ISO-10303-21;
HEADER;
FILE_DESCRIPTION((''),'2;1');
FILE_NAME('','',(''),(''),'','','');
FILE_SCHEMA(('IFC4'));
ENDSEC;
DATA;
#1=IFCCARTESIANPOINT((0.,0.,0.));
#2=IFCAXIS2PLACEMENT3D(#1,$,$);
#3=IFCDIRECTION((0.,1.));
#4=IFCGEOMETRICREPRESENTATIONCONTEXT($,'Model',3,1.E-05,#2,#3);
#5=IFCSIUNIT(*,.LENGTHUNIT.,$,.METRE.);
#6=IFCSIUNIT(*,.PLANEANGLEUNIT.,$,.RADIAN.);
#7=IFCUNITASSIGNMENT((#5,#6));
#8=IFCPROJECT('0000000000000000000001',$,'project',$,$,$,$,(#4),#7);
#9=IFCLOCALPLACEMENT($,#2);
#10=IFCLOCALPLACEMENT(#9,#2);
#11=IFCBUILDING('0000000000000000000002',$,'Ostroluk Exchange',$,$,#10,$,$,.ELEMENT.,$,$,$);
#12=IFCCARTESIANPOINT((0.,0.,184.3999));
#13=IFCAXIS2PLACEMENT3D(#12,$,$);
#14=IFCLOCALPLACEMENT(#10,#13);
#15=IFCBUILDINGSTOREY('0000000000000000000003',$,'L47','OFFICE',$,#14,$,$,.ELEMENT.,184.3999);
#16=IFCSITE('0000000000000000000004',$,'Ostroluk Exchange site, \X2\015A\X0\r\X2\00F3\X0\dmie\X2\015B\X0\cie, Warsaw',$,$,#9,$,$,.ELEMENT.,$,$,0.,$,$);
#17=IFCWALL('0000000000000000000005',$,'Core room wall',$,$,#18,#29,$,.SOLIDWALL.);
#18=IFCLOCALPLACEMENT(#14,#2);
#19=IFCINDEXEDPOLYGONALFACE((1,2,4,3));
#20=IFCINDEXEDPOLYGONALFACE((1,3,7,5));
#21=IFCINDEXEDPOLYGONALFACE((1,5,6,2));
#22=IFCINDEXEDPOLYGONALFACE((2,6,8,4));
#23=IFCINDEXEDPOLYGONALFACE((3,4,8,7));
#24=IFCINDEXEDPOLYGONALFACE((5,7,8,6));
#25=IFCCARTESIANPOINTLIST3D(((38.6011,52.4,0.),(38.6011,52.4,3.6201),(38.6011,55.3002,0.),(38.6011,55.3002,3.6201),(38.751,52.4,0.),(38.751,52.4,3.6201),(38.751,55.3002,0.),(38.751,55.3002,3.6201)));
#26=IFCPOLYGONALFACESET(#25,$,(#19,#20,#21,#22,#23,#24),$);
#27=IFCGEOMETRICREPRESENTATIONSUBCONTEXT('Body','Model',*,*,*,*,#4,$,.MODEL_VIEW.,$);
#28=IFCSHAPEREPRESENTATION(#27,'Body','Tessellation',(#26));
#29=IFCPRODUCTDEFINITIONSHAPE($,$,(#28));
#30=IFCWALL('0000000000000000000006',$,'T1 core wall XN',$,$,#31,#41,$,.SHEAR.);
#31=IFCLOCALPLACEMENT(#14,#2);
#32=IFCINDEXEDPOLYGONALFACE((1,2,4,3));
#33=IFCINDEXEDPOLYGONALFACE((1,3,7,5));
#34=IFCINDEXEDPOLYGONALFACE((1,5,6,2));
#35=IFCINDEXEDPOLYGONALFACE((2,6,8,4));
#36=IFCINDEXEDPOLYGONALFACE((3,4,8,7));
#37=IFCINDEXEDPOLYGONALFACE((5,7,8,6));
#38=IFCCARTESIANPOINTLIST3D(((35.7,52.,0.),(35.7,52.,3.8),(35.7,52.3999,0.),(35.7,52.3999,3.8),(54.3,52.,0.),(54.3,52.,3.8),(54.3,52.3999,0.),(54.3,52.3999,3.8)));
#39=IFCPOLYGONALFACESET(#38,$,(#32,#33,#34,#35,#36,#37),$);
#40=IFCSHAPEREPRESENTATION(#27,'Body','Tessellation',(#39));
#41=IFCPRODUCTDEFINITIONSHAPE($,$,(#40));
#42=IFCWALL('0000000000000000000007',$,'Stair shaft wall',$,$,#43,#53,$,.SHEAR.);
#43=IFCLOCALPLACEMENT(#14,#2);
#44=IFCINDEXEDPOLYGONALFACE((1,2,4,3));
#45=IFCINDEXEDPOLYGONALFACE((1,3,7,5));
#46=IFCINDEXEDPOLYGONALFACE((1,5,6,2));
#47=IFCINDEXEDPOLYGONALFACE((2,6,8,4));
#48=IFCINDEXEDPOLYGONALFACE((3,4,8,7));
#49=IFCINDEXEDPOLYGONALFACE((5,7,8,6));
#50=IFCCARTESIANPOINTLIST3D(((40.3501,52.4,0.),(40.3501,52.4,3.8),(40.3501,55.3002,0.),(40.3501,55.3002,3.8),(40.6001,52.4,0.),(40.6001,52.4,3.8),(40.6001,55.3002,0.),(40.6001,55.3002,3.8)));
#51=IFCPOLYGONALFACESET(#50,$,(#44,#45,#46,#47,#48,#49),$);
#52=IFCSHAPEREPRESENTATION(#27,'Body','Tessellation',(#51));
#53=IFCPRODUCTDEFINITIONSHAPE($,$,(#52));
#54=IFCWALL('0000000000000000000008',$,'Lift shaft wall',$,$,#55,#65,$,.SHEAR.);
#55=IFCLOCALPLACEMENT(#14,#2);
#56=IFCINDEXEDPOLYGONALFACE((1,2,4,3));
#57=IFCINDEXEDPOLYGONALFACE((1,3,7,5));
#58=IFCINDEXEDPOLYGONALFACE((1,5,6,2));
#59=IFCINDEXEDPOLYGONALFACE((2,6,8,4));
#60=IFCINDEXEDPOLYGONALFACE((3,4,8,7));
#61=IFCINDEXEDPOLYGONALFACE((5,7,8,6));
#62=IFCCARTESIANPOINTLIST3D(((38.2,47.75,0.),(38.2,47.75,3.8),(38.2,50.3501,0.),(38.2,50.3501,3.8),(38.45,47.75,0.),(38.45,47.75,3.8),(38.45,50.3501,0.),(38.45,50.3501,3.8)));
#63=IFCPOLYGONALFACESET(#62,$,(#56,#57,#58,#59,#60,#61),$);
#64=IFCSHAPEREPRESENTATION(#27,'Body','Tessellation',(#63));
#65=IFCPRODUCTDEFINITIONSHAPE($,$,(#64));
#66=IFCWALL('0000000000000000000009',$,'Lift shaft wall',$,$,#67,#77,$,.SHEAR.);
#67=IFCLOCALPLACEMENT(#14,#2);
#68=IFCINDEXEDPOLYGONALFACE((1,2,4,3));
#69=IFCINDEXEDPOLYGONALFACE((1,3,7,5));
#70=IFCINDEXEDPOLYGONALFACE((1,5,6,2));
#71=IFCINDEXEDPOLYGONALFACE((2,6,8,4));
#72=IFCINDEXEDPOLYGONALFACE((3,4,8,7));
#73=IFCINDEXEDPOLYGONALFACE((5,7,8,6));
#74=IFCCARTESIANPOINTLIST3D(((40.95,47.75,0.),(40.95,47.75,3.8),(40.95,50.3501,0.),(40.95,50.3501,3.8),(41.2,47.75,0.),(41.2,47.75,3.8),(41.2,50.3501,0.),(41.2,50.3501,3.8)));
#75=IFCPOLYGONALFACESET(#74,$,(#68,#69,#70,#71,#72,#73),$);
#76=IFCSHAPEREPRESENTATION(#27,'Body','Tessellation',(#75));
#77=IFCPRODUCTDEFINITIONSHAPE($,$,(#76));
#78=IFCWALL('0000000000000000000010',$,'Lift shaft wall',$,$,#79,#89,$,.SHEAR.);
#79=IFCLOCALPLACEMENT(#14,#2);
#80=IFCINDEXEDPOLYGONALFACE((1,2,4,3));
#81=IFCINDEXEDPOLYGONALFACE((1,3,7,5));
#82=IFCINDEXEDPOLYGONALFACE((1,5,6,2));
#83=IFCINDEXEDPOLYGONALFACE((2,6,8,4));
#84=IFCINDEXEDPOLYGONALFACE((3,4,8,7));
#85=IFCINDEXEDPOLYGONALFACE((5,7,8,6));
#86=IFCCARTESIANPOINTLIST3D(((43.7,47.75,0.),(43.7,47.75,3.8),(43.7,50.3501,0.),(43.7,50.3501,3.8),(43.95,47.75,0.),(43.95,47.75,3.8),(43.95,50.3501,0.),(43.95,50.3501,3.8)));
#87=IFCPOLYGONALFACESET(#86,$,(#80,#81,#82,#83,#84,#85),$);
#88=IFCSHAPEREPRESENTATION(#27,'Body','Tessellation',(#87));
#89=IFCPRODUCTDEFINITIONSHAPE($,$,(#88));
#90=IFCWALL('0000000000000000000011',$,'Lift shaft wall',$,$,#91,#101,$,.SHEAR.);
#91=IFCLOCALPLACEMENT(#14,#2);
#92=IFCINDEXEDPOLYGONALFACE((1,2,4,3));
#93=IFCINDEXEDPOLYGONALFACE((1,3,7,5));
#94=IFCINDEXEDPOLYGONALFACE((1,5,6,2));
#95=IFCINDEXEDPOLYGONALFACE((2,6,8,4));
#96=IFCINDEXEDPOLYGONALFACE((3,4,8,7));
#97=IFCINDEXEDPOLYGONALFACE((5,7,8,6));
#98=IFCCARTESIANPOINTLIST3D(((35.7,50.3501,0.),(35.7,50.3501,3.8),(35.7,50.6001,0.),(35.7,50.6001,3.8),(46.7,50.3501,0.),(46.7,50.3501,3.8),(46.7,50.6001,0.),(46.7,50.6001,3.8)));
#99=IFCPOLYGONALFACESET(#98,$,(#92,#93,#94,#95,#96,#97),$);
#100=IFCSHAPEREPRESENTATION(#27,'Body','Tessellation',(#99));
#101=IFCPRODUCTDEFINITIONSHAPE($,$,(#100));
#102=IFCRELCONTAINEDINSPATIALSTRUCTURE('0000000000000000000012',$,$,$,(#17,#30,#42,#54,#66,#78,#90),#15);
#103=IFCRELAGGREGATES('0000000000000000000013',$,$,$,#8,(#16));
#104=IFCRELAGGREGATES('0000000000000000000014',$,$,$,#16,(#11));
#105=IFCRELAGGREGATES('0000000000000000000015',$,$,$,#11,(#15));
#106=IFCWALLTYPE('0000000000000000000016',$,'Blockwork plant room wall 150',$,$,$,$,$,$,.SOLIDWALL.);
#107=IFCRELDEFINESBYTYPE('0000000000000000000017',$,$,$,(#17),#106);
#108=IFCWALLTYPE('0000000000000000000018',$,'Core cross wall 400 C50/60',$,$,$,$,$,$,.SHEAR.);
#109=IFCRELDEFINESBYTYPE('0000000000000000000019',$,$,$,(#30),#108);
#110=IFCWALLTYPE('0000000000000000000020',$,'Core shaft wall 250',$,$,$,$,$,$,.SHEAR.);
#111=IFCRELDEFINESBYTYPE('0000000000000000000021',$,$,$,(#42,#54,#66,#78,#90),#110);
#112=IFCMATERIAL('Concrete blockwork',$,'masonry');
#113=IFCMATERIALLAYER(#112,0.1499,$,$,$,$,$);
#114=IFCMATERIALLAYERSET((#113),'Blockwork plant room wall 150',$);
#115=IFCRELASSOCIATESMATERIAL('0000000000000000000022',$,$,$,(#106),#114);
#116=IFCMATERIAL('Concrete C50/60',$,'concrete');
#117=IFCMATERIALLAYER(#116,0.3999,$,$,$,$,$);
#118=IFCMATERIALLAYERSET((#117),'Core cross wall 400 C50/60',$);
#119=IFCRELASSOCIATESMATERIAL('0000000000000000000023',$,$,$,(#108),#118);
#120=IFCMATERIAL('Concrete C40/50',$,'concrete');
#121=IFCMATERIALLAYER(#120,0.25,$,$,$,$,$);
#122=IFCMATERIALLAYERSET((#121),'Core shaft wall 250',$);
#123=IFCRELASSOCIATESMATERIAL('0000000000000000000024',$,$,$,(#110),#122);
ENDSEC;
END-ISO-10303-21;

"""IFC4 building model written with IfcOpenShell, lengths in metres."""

from ifc_helpers import new_model, si_unit, direction, frame, frame_2d, origin, place, context, subcontext, project, spatial, rectangle, extrude, material, layer, layer_set, type_object, element, save


model = new_model("IFC4")

# Units and contexts
model_context = context("Model", 3, precision=1e-05, world=origin(), true_north=direction((0.0, 1.0)))
body_context = subcontext(model_context, "Body", "Model", "MODEL_VIEW")
ifc_project = project(units=[si_unit("LENGTHUNIT", "METRE"), si_unit("PLANEANGLEUNIT", "RADIAN")], contexts=[model_context])

# Site, building, storey
site_placement = place(None, origin())
site = spatial("IfcSite", under=ifc_project, at=site_placement, Name="Ostroluk Exchange site, Śródmieście, Warsaw", CompositionType="ELEMENT", RefElevation=0.0)
building_placement = place(site_placement, origin())
building = spatial("IfcBuilding", under=site, at=building_placement, Name="Ostroluk Exchange", CompositionType="ELEMENT")
storey_placement = place(building_placement, frame((0.0, 0.0, 184.3999)))
storey = spatial("IfcBuildingStorey", under=building, at=storey_placement, Name="L47", Description="OFFICE", CompositionType="ELEMENT", Elevation=184.3999)

# Walls
ifc_material_1 = material(Name="Concrete blockwork", Category="masonry")
ifc_layer_1 = layer(ifc_material_1, 0.1499)
ifc_layer_set_1 = layer_set([ifc_layer_1], Name="Blockwork plant room wall 150")
wall_type_1 = type_object("IfcWallType", Name="Blockwork plant room wall 150", PredefinedType="SOLIDWALL", material=ifc_layer_set_1)
wall_1_placement = place(storey_placement, frame((38.676, 52.3999, 0.0), z_axis=(0.0, 0.0, 1.0), x_axis=(0.0, 1.0, 0.0)))
element("IfcWall", 1, at=wall_1_placement, inside=storey, type_object=wall_type_1, Name="Core room wall", PredefinedType="SOLIDWALL", context=body_context, shape_type="SweptSolid", body=[
    extrude(rectangle(XDim=2.9001, YDim=0.1499, at=frame_2d((1.4502, 0.0))), origin(), (0.0, 0.0, 1.0), 3.6201),
])
ifc_material_2 = material(Name="Concrete C50/60", Category="concrete")
ifc_layer_2 = layer(ifc_material_2, 0.3999)
ifc_layer_set_2 = layer_set([ifc_layer_2], Name="Core cross wall 400 C50/60")
wall_type_2 = type_object("IfcWallType", Name="Core cross wall 400 C50/60", PredefinedType="SHEAR", material=ifc_layer_set_2)
wall_2_placement = place(storey_placement, frame((35.7, 52.2, 0.0), z_axis=(0.0, 0.0, 1.0), x_axis=(1.0, 0.0, 0.0)))
element("IfcWall", 2, at=wall_2_placement, inside=storey, type_object=wall_type_2, Name="T1 core wall XN", PredefinedType="SHEAR", context=body_context, shape_type="SweptSolid", body=[
    extrude(rectangle(XDim=18.6001, YDim=0.3999, at=frame_2d((9.3, 0.0))), origin(), (0.0, 0.0, 1.0), 3.8),
])
ifc_material_3 = material(Name="Concrete C40/50", Category="concrete")
ifc_layer_3 = layer(ifc_material_3, 0.25)
ifc_layer_set_3 = layer_set([ifc_layer_3], Name="Core shaft wall 250")
wall_type_3 = type_object("IfcWallType", Name="Core shaft wall 250", PredefinedType="SHEAR", material=ifc_layer_set_3)
wall_3_placement = place(storey_placement, frame((40.4751, 52.3999, 0.0), z_axis=(0.0, 0.0, 1.0), x_axis=(0.0, 1.0, 0.0)))
element("IfcWall", 3, at=wall_3_placement, inside=storey, type_object=wall_type_3, Name="Stair shaft wall", PredefinedType="SHEAR", context=body_context, shape_type="SweptSolid", body=[
    extrude(rectangle(XDim=2.9001, YDim=0.25, at=frame_2d((1.4502, 0.0))), origin(), (0.0, 0.0, 1.0), 3.8),
])
for number, where, z_axis, x_axis, name in (
    (4, (38.325, 47.75, 0.0), (0.0, 0.0, 1.0), (0.0, 1.0, 0.0), "Lift shaft wall"),
    (5, (41.075, 47.75, 0.0), (0.0, 0.0, 1.0), (0.0, 1.0, 0.0), "Lift shaft wall"),
    (6, (43.825, 47.75, 0.0), (0.0, 0.0, 1.0), (0.0, 1.0, 0.0), "Lift shaft wall"),
):
    element("IfcWall", number, at=place(storey_placement, frame(where, z_axis=z_axis, x_axis=x_axis)), inside=storey, type_object=wall_type_3, Name=name, PredefinedType="SHEAR", context=body_context, shape_type="SweptSolid", body=[
        extrude(rectangle(XDim=2.6001, YDim=0.25, at=frame_2d((1.3, 0.0))), origin(), (0.0, 0.0, 1.0), 3.8),
    ])
wall_4_placement = place(storey_placement, frame((35.7, 50.4751, 0.0), z_axis=(0.0, 0.0, 1.0), x_axis=(1.0, 0.0, 0.0)))
element("IfcWall", 7, at=wall_4_placement, inside=storey, type_object=wall_type_3, Name="Lift shaft wall", PredefinedType="SHEAR", context=body_context, shape_type="SweptSolid", body=[
    extrude(rectangle(XDim=11.0, YDim=0.25, at=frame_2d((5.5, 0.0))), origin(), (0.0, 0.0, 1.0), 3.8),
])

save(model, "model.ifc")
